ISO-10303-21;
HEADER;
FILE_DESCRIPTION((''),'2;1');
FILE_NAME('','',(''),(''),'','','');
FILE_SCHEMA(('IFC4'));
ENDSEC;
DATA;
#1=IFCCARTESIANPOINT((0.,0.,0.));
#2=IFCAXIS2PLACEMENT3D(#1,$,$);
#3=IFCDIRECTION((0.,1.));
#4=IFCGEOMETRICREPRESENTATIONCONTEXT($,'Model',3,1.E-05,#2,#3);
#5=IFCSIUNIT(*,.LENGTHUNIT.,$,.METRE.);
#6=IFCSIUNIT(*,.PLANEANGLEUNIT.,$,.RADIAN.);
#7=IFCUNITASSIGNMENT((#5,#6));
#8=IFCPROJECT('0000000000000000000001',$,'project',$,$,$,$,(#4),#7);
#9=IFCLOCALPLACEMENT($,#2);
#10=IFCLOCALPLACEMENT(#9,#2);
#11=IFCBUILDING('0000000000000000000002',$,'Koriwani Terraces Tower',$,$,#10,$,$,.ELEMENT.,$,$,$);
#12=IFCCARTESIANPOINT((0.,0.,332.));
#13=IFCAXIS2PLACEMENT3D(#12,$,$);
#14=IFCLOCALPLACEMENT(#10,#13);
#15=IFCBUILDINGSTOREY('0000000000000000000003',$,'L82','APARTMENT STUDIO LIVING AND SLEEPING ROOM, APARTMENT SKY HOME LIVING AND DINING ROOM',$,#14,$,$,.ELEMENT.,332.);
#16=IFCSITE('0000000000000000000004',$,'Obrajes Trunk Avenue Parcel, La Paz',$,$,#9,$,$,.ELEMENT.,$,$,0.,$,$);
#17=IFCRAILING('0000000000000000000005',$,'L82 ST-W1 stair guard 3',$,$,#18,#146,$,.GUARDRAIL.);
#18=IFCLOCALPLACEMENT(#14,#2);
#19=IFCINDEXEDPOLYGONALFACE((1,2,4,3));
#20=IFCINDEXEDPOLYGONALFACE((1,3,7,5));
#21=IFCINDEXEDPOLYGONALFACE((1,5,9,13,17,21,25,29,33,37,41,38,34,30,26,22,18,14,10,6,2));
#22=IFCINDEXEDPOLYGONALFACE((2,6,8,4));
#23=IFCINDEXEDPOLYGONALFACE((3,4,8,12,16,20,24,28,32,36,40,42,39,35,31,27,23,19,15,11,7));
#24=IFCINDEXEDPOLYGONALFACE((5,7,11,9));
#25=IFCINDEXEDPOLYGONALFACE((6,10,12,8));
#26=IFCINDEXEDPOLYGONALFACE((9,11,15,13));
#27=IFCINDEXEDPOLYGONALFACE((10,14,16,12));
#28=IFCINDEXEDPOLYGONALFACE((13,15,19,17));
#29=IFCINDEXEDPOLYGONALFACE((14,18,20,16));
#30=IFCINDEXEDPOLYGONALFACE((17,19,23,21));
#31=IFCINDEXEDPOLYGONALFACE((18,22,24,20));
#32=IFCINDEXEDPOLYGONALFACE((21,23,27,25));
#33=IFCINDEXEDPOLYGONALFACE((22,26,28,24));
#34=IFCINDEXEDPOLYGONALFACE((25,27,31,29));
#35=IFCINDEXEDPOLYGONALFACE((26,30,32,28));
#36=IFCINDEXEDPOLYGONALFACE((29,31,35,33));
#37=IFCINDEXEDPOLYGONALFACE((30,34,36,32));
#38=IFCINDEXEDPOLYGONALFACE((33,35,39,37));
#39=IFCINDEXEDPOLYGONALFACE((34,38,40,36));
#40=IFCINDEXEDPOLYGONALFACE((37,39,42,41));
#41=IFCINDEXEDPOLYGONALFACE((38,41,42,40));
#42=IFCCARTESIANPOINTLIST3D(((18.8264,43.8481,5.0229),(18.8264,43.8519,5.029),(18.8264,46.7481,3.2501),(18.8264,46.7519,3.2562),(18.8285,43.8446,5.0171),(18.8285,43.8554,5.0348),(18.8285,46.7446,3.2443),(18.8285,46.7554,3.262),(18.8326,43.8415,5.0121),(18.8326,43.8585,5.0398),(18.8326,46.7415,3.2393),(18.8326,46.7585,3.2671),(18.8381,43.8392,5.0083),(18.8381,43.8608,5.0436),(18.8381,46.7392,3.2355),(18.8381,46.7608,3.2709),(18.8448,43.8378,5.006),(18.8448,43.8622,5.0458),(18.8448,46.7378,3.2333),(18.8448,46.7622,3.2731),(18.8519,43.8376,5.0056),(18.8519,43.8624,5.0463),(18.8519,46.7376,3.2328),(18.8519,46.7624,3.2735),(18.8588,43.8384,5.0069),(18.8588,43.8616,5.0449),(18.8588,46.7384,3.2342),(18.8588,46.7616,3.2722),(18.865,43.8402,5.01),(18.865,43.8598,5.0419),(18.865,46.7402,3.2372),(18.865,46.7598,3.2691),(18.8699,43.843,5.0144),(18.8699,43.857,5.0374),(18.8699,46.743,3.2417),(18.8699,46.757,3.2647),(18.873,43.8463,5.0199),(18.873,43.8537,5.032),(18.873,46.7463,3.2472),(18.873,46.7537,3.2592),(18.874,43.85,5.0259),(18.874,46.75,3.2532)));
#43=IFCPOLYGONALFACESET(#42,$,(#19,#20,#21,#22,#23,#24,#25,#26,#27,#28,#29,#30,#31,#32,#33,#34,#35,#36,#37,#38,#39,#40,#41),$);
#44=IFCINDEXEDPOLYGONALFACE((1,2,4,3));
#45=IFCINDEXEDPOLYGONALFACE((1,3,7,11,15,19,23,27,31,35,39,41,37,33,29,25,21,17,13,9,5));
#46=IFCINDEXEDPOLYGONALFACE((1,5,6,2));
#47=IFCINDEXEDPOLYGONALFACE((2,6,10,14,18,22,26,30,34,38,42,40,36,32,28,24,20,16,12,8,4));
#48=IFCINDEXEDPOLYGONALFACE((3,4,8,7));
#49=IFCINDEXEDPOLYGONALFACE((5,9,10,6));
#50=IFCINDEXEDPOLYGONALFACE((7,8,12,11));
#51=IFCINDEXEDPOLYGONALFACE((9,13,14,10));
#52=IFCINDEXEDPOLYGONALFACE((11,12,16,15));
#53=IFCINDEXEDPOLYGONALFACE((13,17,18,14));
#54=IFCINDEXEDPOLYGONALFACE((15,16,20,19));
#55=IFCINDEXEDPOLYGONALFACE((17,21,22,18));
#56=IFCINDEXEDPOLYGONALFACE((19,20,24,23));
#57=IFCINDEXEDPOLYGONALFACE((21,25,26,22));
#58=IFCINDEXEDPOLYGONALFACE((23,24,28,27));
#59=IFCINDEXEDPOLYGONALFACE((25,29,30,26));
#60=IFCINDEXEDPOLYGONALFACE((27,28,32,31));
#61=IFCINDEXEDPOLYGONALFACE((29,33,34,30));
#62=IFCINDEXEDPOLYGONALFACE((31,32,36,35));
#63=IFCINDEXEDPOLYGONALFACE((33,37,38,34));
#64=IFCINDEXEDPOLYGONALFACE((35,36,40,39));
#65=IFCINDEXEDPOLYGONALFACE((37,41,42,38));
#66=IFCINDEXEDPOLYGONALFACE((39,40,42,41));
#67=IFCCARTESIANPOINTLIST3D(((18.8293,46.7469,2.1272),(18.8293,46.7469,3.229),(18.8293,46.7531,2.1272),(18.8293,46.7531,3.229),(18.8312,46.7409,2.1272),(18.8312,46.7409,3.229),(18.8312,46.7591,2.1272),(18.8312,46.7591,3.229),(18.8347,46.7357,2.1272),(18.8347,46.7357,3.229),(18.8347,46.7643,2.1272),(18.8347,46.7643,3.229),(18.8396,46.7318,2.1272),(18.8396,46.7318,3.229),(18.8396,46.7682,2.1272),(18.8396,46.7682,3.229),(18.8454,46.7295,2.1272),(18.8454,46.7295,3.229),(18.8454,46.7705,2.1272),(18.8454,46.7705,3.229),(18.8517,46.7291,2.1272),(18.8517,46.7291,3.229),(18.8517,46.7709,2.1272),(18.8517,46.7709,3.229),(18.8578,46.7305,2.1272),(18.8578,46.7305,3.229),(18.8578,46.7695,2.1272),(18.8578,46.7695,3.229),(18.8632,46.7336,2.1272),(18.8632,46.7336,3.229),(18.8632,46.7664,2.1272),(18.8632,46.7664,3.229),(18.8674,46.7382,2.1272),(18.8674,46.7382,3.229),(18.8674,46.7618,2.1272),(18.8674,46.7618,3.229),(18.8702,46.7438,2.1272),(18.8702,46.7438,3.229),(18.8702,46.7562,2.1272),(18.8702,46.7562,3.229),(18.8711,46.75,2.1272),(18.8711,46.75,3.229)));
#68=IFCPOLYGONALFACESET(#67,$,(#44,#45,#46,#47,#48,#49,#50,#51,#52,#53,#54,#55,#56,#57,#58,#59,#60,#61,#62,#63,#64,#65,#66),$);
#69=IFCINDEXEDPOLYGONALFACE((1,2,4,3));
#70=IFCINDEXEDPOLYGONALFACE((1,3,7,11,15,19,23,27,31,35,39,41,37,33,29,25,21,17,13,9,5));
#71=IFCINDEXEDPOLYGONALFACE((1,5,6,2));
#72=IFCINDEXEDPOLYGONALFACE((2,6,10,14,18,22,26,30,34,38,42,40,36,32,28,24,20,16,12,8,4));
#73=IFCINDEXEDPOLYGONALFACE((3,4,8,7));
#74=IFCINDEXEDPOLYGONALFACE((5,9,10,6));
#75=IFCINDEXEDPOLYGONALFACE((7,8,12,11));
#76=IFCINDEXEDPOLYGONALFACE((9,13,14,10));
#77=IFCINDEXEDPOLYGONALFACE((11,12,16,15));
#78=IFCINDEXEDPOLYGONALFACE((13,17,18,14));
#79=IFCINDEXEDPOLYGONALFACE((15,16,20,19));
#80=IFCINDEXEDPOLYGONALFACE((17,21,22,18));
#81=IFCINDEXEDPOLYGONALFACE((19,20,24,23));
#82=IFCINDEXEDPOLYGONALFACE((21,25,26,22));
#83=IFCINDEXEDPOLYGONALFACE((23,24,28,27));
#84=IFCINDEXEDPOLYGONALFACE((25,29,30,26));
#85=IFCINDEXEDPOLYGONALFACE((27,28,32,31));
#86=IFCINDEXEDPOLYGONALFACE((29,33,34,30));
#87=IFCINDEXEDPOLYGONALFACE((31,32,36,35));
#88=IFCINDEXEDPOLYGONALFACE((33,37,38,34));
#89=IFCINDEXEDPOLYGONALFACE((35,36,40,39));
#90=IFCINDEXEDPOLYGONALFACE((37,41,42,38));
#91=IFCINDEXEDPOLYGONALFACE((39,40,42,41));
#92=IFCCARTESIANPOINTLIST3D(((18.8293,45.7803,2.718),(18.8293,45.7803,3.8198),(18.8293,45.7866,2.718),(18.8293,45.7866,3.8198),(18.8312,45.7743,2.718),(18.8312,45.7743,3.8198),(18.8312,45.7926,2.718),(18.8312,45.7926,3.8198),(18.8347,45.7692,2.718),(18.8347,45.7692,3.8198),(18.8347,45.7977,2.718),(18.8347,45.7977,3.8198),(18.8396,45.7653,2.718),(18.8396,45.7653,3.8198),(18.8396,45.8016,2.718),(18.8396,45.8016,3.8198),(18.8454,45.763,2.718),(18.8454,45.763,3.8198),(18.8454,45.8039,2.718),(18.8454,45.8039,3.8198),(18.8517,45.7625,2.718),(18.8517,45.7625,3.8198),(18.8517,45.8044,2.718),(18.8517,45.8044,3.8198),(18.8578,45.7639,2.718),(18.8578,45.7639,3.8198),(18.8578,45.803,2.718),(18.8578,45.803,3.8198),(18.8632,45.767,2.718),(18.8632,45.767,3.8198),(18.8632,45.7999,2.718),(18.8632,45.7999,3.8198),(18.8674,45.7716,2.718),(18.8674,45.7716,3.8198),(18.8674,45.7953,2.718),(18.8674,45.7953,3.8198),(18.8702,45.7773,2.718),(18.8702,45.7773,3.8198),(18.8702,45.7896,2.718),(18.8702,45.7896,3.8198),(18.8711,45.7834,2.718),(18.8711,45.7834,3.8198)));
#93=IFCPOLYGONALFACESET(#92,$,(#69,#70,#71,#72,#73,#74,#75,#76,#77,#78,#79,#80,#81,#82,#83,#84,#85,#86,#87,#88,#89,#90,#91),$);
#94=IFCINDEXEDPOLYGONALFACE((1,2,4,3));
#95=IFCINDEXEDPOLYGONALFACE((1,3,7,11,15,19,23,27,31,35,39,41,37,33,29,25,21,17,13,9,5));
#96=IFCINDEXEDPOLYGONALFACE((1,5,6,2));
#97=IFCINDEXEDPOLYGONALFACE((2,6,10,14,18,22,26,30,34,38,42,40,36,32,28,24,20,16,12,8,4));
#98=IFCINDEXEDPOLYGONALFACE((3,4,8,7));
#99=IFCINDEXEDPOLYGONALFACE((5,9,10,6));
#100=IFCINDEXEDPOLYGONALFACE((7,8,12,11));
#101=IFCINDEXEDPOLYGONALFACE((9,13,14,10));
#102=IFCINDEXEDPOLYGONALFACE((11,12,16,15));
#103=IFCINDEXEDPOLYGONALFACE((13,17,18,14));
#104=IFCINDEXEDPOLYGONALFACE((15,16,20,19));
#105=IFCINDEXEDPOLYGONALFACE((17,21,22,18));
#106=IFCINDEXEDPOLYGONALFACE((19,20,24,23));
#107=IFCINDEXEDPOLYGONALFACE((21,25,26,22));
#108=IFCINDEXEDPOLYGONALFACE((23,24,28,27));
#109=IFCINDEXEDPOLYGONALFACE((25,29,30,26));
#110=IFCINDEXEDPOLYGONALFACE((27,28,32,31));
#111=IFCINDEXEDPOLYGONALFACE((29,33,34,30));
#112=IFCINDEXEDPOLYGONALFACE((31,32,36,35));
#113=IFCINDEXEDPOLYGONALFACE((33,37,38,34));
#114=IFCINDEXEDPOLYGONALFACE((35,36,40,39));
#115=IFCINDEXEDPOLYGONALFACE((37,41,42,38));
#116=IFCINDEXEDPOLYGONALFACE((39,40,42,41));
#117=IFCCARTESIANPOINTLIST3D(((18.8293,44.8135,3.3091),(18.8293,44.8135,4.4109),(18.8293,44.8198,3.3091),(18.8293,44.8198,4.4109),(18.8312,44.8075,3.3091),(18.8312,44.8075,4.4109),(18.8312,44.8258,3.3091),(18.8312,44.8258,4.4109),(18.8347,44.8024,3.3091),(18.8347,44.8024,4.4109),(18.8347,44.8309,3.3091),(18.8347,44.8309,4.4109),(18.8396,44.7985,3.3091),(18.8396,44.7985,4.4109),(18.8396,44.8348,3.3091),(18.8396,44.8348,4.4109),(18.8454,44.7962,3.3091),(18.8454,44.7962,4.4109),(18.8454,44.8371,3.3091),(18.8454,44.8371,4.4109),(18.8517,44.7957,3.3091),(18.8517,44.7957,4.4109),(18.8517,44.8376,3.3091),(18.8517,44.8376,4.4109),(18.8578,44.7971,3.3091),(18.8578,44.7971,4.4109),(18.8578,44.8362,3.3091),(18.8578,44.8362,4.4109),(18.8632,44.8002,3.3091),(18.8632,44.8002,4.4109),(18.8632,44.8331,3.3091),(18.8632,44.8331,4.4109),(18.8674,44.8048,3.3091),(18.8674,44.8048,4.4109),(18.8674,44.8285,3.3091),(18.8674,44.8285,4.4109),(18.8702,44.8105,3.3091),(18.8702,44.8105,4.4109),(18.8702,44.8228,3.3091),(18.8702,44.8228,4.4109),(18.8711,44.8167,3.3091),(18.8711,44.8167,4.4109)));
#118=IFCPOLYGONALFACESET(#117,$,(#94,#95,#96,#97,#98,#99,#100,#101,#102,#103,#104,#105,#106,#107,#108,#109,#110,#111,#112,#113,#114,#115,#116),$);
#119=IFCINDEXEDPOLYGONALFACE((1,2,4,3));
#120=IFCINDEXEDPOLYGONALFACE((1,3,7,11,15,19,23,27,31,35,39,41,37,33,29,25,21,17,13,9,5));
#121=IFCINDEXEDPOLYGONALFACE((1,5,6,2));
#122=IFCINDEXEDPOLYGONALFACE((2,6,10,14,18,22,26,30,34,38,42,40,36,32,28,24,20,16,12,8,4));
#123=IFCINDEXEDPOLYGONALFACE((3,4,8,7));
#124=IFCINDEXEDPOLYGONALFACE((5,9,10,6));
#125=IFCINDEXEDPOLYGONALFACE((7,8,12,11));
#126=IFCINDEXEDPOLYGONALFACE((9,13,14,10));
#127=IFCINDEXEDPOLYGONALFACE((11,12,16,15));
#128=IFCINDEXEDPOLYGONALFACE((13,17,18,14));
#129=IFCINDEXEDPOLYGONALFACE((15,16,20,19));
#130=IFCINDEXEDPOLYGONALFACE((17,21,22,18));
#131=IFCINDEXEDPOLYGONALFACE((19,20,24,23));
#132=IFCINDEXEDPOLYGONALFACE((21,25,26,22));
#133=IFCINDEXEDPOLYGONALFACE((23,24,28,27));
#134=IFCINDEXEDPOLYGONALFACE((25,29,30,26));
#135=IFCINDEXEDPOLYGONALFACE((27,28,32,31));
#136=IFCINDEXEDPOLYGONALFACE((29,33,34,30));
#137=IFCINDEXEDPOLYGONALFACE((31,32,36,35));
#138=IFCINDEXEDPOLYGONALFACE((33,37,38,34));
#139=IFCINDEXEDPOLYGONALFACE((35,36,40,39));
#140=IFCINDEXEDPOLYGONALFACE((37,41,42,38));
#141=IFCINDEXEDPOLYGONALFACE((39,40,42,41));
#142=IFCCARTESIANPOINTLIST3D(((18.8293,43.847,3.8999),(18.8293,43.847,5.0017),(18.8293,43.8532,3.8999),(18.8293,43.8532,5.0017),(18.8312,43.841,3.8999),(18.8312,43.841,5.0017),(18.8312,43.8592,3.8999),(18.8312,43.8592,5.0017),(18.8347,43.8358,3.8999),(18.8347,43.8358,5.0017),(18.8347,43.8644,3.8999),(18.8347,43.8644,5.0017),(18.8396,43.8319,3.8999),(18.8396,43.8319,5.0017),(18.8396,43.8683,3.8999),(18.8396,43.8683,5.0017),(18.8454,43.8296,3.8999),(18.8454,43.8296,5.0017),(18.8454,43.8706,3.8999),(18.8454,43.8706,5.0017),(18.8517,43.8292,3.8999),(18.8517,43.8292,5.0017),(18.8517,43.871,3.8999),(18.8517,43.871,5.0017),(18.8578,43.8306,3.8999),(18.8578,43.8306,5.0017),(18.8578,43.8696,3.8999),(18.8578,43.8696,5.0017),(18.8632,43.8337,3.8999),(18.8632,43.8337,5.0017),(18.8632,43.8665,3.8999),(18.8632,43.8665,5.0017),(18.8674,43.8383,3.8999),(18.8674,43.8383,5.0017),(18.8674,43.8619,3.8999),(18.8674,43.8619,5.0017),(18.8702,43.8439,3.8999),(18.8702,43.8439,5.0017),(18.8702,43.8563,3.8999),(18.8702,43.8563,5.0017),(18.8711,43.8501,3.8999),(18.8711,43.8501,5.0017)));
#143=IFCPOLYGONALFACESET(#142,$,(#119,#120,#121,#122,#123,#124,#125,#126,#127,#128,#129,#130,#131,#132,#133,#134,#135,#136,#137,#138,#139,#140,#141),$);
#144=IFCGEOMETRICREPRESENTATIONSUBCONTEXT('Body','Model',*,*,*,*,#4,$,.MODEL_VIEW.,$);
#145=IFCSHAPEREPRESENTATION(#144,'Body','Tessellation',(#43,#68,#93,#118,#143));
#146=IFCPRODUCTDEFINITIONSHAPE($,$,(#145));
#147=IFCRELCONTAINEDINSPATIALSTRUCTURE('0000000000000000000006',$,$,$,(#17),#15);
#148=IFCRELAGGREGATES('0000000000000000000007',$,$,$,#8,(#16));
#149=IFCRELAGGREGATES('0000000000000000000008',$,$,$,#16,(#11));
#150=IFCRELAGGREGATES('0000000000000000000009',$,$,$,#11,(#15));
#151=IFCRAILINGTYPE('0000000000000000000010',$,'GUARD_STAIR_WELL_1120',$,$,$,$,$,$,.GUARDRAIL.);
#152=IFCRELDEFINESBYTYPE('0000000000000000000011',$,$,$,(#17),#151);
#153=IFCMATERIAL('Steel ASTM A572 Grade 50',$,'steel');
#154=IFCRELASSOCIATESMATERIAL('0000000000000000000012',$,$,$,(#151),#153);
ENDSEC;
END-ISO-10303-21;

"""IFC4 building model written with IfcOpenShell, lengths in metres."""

from ifc_helpers import new_model, si_unit, direction, frame, origin, origin_2d, place, context, subcontext, project, spatial, circle, extrude, material, type_object, element, save


model = new_model("IFC4")

# Units and contexts
model_context = context("Model", 3, precision=1e-05, world=origin(), true_north=direction((0.0, 1.0)))
body_context = subcontext(model_context, "Body", "Model", "MODEL_VIEW")
ifc_project = project(units=[si_unit("LENGTHUNIT", "METRE"), si_unit("PLANEANGLEUNIT", "RADIAN")], contexts=[model_context])

# Site, building, storey
site_placement = place(None, origin())
site = spatial("IfcSite", under=ifc_project, at=site_placement, Name="Obrajes Trunk Avenue Parcel, La Paz", CompositionType="ELEMENT", RefElevation=0.0)
building_placement = place(site_placement, origin())
building = spatial("IfcBuilding", under=site, at=building_placement, Name="Koriwani Terraces Tower", CompositionType="ELEMENT")
storey_placement = place(building_placement, frame((0.0, 0.0, 332.0)))
storey = spatial("IfcBuildingStorey", under=building, at=storey_placement, Name="L82", Description="APARTMENT STUDIO LIVING AND SLEEPING ROOM, APARTMENT SKY HOME LIVING AND DINING ROOM", CompositionType="ELEMENT", Elevation=332.0)

# Shared definitions
ifc_material_1 = material(Name="Steel ASTM A572 Grade 50", Category="steel")

# Railing
railing_type_1 = type_object("IfcRailingType", Name="GUARD_STAIR_WELL_1120", PredefinedType="GUARDRAIL", material=ifc_material_1)
railing_1_placement = place(storey_placement, frame((18.8501, 46.75, 2.1272)))
element("IfcRailing", 1, at=railing_1_placement, inside=storey, type_object=railing_type_1, Name="L82 ST-W1 stair guard 3", PredefinedType="GUARDRAIL", context=body_context, shape_type="SweptSolid", body=[
    extrude(circle(Radius=0.0239, at=origin_2d()), frame((0.0, 0.0, 1.126), z_axis=(0.0, -0.853211, 0.521566), x_axis=(1.0, 0.0, 0.0)), (0.0, 0.0, 1.0), 3.3989),
    extrude(circle(Radius=0.021, at=origin_2d()), origin(), (0.0, 0.0, 1.0), 1.1018),
    extrude(circle(Radius=0.021, at=origin_2d()), frame((0.0, -0.9666, 0.5908)), (0.0, 0.0, 1.0), 1.1018),
    extrude(circle(Radius=0.021, at=origin_2d()), frame((0.0, -1.9333, 1.1819)), (0.0, 0.0, 1.0), 1.1018),
    extrude(circle(Radius=0.021, at=origin_2d()), frame((0.0, -2.8999, 1.7727)), (0.0, 0.0, 1.0), 1.1018),
])

save(model, "model.ifc")
